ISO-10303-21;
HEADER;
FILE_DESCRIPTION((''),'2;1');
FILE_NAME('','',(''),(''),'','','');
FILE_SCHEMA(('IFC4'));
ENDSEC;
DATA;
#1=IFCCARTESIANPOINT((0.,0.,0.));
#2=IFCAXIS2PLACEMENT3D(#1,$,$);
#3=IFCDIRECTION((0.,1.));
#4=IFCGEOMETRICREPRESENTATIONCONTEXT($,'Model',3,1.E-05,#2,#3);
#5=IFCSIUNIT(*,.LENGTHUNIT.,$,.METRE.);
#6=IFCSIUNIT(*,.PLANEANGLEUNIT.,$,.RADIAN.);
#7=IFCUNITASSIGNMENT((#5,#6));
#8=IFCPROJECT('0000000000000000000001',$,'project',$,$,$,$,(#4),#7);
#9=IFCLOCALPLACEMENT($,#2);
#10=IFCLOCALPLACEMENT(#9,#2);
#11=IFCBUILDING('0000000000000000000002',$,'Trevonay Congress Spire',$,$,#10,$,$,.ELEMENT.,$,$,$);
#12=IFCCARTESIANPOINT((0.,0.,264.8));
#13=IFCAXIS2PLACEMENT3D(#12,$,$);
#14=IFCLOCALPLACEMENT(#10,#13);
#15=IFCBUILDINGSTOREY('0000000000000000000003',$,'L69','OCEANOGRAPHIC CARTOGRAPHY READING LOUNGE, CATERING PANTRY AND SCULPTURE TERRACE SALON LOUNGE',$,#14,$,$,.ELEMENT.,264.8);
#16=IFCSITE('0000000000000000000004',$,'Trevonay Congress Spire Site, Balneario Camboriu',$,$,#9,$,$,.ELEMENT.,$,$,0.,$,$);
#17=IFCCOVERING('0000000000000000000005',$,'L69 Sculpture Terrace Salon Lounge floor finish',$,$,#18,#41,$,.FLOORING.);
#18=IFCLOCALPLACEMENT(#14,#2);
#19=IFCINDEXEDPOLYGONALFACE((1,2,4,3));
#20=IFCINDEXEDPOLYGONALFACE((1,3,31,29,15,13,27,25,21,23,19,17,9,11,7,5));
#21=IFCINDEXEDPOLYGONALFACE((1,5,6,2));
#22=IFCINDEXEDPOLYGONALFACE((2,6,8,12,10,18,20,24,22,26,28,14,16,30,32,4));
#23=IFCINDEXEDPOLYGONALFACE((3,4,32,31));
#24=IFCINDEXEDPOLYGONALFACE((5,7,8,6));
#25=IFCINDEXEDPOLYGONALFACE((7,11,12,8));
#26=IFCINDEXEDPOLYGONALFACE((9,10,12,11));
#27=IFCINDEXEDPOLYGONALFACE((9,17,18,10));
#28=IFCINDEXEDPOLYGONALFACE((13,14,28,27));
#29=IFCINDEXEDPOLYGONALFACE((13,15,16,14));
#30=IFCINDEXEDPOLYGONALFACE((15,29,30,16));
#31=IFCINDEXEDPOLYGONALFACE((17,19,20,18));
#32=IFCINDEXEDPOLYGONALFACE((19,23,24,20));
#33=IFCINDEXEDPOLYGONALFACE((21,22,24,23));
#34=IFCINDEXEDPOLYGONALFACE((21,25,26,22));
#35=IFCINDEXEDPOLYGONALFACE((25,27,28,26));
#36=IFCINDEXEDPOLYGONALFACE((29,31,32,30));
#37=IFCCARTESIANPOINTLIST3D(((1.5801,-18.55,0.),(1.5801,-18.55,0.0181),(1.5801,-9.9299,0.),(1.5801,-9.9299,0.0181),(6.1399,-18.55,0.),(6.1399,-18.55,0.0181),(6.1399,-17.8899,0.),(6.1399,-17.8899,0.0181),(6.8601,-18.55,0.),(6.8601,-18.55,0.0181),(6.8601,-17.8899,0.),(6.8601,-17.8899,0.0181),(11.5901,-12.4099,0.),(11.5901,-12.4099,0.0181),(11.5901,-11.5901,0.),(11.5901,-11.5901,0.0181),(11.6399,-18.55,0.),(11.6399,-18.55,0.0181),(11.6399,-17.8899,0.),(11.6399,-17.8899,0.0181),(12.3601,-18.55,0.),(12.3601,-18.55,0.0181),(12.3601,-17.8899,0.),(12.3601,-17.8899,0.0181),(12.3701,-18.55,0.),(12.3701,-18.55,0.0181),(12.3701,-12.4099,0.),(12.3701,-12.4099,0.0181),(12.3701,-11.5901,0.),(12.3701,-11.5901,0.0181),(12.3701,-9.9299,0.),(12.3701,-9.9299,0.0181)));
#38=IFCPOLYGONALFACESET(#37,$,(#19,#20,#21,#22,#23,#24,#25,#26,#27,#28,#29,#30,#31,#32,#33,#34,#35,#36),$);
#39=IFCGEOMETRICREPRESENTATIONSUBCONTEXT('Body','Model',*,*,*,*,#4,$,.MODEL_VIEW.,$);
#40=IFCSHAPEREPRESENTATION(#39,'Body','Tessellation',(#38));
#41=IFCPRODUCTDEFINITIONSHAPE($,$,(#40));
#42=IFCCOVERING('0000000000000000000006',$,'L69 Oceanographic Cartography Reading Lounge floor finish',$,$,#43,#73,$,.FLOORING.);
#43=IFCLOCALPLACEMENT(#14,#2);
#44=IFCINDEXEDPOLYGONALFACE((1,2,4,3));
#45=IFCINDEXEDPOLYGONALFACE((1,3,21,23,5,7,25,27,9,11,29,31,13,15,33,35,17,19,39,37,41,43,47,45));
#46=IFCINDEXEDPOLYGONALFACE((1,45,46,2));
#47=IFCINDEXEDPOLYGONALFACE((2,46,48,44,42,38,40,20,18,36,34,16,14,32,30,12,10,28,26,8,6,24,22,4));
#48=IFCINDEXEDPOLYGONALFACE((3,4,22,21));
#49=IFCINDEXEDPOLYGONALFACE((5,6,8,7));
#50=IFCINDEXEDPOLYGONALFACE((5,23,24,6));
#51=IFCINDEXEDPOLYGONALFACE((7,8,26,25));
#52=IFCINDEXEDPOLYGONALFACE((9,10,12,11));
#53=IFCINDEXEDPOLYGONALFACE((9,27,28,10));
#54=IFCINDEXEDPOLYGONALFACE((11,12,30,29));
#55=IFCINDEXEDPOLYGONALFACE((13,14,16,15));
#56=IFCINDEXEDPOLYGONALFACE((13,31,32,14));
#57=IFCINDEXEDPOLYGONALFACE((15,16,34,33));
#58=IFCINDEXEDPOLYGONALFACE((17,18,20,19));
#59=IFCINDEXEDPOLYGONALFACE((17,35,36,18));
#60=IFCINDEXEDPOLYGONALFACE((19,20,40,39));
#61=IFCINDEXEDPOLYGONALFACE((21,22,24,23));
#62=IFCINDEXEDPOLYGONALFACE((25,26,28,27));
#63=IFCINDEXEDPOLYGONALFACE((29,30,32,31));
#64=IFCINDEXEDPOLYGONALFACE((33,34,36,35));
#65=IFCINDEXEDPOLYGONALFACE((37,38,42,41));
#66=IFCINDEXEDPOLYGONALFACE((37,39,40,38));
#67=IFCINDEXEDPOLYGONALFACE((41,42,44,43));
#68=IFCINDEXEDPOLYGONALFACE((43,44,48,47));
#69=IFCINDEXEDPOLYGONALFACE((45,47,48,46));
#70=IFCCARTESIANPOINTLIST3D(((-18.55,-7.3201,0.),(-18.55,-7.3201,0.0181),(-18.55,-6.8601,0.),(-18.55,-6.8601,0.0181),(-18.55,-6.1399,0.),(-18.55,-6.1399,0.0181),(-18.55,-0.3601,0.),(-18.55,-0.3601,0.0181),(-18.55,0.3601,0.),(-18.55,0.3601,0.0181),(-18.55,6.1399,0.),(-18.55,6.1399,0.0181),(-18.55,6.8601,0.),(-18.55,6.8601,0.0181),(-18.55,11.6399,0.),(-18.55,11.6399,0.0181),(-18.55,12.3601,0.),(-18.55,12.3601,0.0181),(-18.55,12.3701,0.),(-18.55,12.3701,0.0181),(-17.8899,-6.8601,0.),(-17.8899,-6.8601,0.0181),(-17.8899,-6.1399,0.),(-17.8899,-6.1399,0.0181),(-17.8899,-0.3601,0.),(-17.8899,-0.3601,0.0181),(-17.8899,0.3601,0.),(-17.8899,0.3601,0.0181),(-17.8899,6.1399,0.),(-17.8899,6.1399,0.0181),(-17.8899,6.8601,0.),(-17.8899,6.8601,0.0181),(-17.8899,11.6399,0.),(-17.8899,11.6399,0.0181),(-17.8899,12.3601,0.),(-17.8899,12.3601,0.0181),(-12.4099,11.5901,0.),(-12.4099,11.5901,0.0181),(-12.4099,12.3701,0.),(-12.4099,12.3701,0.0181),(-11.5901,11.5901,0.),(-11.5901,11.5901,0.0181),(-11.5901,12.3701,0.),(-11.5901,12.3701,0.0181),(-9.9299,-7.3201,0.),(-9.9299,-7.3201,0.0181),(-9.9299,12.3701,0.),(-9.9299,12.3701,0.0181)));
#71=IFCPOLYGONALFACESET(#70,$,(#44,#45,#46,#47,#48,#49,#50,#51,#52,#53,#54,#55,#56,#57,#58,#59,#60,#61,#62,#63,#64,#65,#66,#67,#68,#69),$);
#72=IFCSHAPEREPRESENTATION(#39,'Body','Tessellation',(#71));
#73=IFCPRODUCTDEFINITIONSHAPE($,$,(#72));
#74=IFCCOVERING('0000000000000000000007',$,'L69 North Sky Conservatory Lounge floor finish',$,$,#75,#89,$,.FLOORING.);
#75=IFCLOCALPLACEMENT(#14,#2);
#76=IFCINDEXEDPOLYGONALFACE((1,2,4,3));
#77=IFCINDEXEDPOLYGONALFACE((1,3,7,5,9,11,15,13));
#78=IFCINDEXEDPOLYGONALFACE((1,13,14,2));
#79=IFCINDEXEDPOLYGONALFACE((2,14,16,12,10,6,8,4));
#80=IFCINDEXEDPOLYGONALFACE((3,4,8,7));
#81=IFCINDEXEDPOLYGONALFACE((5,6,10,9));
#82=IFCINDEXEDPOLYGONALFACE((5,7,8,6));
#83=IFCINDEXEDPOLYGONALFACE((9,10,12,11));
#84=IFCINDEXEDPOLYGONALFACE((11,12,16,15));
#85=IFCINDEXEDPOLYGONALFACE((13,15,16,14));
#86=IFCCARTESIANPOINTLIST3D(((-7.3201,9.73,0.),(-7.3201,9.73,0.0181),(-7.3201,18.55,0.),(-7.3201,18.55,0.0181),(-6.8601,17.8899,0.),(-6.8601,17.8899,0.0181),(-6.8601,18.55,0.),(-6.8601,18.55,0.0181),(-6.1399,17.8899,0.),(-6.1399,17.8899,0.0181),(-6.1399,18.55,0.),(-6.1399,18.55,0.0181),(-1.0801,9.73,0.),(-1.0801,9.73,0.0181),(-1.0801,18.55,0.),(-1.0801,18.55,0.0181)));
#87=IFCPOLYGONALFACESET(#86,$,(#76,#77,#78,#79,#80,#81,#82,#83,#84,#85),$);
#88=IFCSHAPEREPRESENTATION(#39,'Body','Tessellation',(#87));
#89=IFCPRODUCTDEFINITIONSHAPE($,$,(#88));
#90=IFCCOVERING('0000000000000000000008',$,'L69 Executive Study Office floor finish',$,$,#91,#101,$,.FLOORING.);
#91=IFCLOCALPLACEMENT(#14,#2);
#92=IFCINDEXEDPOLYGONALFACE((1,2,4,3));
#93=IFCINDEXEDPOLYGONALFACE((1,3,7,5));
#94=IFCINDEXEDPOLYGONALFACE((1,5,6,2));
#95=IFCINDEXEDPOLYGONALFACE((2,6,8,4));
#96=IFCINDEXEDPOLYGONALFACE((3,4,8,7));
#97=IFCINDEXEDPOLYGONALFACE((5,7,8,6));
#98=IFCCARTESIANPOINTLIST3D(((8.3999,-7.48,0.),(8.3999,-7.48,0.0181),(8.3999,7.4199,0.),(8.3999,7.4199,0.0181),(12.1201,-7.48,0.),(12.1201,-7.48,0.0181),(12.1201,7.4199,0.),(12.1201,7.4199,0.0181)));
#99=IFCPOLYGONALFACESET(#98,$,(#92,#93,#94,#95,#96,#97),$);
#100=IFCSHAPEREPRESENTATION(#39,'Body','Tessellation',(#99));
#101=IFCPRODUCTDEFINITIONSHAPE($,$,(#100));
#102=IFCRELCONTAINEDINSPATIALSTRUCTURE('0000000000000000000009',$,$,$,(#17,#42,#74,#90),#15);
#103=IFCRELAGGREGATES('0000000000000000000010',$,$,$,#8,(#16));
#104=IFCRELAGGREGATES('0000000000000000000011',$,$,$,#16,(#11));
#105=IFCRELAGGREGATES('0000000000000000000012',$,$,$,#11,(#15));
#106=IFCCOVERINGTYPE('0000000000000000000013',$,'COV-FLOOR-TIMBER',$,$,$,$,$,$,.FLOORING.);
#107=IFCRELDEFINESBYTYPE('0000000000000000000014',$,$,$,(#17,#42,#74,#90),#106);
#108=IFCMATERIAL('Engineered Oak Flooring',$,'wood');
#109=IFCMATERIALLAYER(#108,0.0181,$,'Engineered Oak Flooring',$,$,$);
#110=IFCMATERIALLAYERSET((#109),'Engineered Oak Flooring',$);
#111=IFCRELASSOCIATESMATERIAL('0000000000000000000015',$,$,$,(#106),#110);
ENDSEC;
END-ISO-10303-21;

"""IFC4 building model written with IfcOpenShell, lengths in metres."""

from ifc_helpers import new_model, si_unit, direction, frame, origin, place, context, subcontext, project, spatial, polyline, outline, extrude, material, layer, layer_set, type_object, element, save


model = new_model("IFC4")

# Units and contexts
model_context = context("Model", 3, precision=1e-05, world=origin(), true_north=direction((0.0, 1.0)))
body_context = subcontext(model_context, "Body", "Model", "MODEL_VIEW")
ifc_project = project(units=[si_unit("LENGTHUNIT", "METRE"), si_unit("PLANEANGLEUNIT", "RADIAN")], contexts=[model_context])

# Site, building, storey
site_placement = place(None, origin())
site = spatial("IfcSite", under=ifc_project, at=site_placement, Name="Trevonay Congress Spire Site, Balneario Camboriu", CompositionType="ELEMENT", RefElevation=0.0)
building_placement = place(site_placement, origin())
building = spatial("IfcBuilding", under=site, at=building_placement, Name="Trevonay Congress Spire", CompositionType="ELEMENT")
storey_placement = place(building_placement, frame((0.0, 0.0, 264.8)))
storey = spatial("IfcBuildingStorey", under=building, at=storey_placement, Name="L69", Description="OCEANOGRAPHIC CARTOGRAPHY READING LOUNGE, CATERING PANTRY AND SCULPTURE TERRACE SALON LOUNGE", CompositionType="ELEMENT", Elevation=264.8)

# Coverings
ifc_material_1 = material(Name="Engineered Oak Flooring", Category="wood")
ifc_layer_1 = layer(ifc_material_1, 0.0181, Name="Engineered Oak Flooring")
ifc_layer_set_1 = layer_set([ifc_layer_1], Name="Engineered Oak Flooring")
covering_type_1 = type_object("IfcCoveringType", Name="COV-FLOOR-TIMBER", PredefinedType="FLOORING", material=ifc_layer_set_1)
covering_1_placement = place(storey_placement, origin())
element("IfcCovering", 1, at=covering_1_placement, inside=storey, type_object=covering_type_1, Name="L69 Sculpture Terrace Salon Lounge floor finish", PredefinedType="FLOORING", context=body_context, shape_type="SweptSolid", body=[
    extrude(outline(polyline([(1.5801, -18.55), (1.5801, -9.9299), (12.3701, -9.9299), (12.3701, -11.5901), (11.5901, -11.5901), (11.5901, -12.4099), (12.3701, -12.4099), (12.3701, -18.55), (12.3601, -18.55), (12.3601, -17.8899), (11.6399, -17.8899), (11.6399, -18.55), (6.8601, -18.55), (6.8601, -17.8899), (6.1399, -17.8899), (6.1399, -18.55), (1.5801, -18.55)])), origin(), (0.0, 0.0, 1.0), 0.0181),
])
covering_2_placement = place(storey_placement, origin())
element("IfcCovering", 2, at=covering_2_placement, inside=storey, type_object=covering_type_1, Name="L69 Oceanographic Cartography Reading Lounge floor finish", PredefinedType="FLOORING", context=body_context, shape_type="SweptSolid", body=[
    extrude(outline(polyline([(-9.9299, 12.3701), (-9.9299, -7.3201), (-18.55, -7.3201), (-18.55, -6.8601), (-17.8899, -6.8601), (-17.8899, -6.1399), (-18.55, -6.1399), (-18.55, -0.3601), (-17.8899, -0.3601), (-17.8899, 0.3601), (-18.55, 0.3601), (-18.55, 6.1399), (-17.8899, 6.1399), (-17.8899, 6.8601), (-18.55, 6.8601), (-18.55, 11.6399), (-17.8899, 11.6399), (-17.8899, 12.3601), (-18.55, 12.3601), (-18.55, 12.3701), (-12.4099, 12.3701), (-12.4099, 11.5901), (-11.5901, 11.5901), (-11.5901, 12.3701), (-9.9299, 12.3701)])), origin(), (0.0, 0.0, 1.0), 0.0181),
])
covering_3_placement = place(storey_placement, origin())
element("IfcCovering", 3, at=covering_3_placement, inside=storey, type_object=covering_type_1, Name="L69 North Sky Conservatory Lounge floor finish", PredefinedType="FLOORING", context=body_context, shape_type="SweptSolid", body=[
    extrude(outline(polyline([(-1.0801, 18.55), (-1.0801, 9.73), (-7.3201, 9.73), (-7.3201, 18.55), (-6.8601, 18.55), (-6.8601, 17.8899), (-6.1399, 17.8899), (-6.1399, 18.55), (-1.0801, 18.55)])), origin(), (0.0, 0.0, 1.0), 0.0181),
])
covering_4_placement = place(storey_placement, origin())
element("IfcCovering", 4, at=covering_4_placement, inside=storey, type_object=covering_type_1, Name="L69 Executive Study Office floor finish", PredefinedType="FLOORING", context=body_context, shape_type="SweptSolid", body=[
    extrude(outline(polyline([(8.3999, -7.48), (12.1201, -7.48), (12.1201, 7.4199), (8.3999, 7.4199), (8.3999, -7.48)])), origin(), (0.0, 0.0, 1.0), 0.0181),
])

save(model, "model.ifc")
